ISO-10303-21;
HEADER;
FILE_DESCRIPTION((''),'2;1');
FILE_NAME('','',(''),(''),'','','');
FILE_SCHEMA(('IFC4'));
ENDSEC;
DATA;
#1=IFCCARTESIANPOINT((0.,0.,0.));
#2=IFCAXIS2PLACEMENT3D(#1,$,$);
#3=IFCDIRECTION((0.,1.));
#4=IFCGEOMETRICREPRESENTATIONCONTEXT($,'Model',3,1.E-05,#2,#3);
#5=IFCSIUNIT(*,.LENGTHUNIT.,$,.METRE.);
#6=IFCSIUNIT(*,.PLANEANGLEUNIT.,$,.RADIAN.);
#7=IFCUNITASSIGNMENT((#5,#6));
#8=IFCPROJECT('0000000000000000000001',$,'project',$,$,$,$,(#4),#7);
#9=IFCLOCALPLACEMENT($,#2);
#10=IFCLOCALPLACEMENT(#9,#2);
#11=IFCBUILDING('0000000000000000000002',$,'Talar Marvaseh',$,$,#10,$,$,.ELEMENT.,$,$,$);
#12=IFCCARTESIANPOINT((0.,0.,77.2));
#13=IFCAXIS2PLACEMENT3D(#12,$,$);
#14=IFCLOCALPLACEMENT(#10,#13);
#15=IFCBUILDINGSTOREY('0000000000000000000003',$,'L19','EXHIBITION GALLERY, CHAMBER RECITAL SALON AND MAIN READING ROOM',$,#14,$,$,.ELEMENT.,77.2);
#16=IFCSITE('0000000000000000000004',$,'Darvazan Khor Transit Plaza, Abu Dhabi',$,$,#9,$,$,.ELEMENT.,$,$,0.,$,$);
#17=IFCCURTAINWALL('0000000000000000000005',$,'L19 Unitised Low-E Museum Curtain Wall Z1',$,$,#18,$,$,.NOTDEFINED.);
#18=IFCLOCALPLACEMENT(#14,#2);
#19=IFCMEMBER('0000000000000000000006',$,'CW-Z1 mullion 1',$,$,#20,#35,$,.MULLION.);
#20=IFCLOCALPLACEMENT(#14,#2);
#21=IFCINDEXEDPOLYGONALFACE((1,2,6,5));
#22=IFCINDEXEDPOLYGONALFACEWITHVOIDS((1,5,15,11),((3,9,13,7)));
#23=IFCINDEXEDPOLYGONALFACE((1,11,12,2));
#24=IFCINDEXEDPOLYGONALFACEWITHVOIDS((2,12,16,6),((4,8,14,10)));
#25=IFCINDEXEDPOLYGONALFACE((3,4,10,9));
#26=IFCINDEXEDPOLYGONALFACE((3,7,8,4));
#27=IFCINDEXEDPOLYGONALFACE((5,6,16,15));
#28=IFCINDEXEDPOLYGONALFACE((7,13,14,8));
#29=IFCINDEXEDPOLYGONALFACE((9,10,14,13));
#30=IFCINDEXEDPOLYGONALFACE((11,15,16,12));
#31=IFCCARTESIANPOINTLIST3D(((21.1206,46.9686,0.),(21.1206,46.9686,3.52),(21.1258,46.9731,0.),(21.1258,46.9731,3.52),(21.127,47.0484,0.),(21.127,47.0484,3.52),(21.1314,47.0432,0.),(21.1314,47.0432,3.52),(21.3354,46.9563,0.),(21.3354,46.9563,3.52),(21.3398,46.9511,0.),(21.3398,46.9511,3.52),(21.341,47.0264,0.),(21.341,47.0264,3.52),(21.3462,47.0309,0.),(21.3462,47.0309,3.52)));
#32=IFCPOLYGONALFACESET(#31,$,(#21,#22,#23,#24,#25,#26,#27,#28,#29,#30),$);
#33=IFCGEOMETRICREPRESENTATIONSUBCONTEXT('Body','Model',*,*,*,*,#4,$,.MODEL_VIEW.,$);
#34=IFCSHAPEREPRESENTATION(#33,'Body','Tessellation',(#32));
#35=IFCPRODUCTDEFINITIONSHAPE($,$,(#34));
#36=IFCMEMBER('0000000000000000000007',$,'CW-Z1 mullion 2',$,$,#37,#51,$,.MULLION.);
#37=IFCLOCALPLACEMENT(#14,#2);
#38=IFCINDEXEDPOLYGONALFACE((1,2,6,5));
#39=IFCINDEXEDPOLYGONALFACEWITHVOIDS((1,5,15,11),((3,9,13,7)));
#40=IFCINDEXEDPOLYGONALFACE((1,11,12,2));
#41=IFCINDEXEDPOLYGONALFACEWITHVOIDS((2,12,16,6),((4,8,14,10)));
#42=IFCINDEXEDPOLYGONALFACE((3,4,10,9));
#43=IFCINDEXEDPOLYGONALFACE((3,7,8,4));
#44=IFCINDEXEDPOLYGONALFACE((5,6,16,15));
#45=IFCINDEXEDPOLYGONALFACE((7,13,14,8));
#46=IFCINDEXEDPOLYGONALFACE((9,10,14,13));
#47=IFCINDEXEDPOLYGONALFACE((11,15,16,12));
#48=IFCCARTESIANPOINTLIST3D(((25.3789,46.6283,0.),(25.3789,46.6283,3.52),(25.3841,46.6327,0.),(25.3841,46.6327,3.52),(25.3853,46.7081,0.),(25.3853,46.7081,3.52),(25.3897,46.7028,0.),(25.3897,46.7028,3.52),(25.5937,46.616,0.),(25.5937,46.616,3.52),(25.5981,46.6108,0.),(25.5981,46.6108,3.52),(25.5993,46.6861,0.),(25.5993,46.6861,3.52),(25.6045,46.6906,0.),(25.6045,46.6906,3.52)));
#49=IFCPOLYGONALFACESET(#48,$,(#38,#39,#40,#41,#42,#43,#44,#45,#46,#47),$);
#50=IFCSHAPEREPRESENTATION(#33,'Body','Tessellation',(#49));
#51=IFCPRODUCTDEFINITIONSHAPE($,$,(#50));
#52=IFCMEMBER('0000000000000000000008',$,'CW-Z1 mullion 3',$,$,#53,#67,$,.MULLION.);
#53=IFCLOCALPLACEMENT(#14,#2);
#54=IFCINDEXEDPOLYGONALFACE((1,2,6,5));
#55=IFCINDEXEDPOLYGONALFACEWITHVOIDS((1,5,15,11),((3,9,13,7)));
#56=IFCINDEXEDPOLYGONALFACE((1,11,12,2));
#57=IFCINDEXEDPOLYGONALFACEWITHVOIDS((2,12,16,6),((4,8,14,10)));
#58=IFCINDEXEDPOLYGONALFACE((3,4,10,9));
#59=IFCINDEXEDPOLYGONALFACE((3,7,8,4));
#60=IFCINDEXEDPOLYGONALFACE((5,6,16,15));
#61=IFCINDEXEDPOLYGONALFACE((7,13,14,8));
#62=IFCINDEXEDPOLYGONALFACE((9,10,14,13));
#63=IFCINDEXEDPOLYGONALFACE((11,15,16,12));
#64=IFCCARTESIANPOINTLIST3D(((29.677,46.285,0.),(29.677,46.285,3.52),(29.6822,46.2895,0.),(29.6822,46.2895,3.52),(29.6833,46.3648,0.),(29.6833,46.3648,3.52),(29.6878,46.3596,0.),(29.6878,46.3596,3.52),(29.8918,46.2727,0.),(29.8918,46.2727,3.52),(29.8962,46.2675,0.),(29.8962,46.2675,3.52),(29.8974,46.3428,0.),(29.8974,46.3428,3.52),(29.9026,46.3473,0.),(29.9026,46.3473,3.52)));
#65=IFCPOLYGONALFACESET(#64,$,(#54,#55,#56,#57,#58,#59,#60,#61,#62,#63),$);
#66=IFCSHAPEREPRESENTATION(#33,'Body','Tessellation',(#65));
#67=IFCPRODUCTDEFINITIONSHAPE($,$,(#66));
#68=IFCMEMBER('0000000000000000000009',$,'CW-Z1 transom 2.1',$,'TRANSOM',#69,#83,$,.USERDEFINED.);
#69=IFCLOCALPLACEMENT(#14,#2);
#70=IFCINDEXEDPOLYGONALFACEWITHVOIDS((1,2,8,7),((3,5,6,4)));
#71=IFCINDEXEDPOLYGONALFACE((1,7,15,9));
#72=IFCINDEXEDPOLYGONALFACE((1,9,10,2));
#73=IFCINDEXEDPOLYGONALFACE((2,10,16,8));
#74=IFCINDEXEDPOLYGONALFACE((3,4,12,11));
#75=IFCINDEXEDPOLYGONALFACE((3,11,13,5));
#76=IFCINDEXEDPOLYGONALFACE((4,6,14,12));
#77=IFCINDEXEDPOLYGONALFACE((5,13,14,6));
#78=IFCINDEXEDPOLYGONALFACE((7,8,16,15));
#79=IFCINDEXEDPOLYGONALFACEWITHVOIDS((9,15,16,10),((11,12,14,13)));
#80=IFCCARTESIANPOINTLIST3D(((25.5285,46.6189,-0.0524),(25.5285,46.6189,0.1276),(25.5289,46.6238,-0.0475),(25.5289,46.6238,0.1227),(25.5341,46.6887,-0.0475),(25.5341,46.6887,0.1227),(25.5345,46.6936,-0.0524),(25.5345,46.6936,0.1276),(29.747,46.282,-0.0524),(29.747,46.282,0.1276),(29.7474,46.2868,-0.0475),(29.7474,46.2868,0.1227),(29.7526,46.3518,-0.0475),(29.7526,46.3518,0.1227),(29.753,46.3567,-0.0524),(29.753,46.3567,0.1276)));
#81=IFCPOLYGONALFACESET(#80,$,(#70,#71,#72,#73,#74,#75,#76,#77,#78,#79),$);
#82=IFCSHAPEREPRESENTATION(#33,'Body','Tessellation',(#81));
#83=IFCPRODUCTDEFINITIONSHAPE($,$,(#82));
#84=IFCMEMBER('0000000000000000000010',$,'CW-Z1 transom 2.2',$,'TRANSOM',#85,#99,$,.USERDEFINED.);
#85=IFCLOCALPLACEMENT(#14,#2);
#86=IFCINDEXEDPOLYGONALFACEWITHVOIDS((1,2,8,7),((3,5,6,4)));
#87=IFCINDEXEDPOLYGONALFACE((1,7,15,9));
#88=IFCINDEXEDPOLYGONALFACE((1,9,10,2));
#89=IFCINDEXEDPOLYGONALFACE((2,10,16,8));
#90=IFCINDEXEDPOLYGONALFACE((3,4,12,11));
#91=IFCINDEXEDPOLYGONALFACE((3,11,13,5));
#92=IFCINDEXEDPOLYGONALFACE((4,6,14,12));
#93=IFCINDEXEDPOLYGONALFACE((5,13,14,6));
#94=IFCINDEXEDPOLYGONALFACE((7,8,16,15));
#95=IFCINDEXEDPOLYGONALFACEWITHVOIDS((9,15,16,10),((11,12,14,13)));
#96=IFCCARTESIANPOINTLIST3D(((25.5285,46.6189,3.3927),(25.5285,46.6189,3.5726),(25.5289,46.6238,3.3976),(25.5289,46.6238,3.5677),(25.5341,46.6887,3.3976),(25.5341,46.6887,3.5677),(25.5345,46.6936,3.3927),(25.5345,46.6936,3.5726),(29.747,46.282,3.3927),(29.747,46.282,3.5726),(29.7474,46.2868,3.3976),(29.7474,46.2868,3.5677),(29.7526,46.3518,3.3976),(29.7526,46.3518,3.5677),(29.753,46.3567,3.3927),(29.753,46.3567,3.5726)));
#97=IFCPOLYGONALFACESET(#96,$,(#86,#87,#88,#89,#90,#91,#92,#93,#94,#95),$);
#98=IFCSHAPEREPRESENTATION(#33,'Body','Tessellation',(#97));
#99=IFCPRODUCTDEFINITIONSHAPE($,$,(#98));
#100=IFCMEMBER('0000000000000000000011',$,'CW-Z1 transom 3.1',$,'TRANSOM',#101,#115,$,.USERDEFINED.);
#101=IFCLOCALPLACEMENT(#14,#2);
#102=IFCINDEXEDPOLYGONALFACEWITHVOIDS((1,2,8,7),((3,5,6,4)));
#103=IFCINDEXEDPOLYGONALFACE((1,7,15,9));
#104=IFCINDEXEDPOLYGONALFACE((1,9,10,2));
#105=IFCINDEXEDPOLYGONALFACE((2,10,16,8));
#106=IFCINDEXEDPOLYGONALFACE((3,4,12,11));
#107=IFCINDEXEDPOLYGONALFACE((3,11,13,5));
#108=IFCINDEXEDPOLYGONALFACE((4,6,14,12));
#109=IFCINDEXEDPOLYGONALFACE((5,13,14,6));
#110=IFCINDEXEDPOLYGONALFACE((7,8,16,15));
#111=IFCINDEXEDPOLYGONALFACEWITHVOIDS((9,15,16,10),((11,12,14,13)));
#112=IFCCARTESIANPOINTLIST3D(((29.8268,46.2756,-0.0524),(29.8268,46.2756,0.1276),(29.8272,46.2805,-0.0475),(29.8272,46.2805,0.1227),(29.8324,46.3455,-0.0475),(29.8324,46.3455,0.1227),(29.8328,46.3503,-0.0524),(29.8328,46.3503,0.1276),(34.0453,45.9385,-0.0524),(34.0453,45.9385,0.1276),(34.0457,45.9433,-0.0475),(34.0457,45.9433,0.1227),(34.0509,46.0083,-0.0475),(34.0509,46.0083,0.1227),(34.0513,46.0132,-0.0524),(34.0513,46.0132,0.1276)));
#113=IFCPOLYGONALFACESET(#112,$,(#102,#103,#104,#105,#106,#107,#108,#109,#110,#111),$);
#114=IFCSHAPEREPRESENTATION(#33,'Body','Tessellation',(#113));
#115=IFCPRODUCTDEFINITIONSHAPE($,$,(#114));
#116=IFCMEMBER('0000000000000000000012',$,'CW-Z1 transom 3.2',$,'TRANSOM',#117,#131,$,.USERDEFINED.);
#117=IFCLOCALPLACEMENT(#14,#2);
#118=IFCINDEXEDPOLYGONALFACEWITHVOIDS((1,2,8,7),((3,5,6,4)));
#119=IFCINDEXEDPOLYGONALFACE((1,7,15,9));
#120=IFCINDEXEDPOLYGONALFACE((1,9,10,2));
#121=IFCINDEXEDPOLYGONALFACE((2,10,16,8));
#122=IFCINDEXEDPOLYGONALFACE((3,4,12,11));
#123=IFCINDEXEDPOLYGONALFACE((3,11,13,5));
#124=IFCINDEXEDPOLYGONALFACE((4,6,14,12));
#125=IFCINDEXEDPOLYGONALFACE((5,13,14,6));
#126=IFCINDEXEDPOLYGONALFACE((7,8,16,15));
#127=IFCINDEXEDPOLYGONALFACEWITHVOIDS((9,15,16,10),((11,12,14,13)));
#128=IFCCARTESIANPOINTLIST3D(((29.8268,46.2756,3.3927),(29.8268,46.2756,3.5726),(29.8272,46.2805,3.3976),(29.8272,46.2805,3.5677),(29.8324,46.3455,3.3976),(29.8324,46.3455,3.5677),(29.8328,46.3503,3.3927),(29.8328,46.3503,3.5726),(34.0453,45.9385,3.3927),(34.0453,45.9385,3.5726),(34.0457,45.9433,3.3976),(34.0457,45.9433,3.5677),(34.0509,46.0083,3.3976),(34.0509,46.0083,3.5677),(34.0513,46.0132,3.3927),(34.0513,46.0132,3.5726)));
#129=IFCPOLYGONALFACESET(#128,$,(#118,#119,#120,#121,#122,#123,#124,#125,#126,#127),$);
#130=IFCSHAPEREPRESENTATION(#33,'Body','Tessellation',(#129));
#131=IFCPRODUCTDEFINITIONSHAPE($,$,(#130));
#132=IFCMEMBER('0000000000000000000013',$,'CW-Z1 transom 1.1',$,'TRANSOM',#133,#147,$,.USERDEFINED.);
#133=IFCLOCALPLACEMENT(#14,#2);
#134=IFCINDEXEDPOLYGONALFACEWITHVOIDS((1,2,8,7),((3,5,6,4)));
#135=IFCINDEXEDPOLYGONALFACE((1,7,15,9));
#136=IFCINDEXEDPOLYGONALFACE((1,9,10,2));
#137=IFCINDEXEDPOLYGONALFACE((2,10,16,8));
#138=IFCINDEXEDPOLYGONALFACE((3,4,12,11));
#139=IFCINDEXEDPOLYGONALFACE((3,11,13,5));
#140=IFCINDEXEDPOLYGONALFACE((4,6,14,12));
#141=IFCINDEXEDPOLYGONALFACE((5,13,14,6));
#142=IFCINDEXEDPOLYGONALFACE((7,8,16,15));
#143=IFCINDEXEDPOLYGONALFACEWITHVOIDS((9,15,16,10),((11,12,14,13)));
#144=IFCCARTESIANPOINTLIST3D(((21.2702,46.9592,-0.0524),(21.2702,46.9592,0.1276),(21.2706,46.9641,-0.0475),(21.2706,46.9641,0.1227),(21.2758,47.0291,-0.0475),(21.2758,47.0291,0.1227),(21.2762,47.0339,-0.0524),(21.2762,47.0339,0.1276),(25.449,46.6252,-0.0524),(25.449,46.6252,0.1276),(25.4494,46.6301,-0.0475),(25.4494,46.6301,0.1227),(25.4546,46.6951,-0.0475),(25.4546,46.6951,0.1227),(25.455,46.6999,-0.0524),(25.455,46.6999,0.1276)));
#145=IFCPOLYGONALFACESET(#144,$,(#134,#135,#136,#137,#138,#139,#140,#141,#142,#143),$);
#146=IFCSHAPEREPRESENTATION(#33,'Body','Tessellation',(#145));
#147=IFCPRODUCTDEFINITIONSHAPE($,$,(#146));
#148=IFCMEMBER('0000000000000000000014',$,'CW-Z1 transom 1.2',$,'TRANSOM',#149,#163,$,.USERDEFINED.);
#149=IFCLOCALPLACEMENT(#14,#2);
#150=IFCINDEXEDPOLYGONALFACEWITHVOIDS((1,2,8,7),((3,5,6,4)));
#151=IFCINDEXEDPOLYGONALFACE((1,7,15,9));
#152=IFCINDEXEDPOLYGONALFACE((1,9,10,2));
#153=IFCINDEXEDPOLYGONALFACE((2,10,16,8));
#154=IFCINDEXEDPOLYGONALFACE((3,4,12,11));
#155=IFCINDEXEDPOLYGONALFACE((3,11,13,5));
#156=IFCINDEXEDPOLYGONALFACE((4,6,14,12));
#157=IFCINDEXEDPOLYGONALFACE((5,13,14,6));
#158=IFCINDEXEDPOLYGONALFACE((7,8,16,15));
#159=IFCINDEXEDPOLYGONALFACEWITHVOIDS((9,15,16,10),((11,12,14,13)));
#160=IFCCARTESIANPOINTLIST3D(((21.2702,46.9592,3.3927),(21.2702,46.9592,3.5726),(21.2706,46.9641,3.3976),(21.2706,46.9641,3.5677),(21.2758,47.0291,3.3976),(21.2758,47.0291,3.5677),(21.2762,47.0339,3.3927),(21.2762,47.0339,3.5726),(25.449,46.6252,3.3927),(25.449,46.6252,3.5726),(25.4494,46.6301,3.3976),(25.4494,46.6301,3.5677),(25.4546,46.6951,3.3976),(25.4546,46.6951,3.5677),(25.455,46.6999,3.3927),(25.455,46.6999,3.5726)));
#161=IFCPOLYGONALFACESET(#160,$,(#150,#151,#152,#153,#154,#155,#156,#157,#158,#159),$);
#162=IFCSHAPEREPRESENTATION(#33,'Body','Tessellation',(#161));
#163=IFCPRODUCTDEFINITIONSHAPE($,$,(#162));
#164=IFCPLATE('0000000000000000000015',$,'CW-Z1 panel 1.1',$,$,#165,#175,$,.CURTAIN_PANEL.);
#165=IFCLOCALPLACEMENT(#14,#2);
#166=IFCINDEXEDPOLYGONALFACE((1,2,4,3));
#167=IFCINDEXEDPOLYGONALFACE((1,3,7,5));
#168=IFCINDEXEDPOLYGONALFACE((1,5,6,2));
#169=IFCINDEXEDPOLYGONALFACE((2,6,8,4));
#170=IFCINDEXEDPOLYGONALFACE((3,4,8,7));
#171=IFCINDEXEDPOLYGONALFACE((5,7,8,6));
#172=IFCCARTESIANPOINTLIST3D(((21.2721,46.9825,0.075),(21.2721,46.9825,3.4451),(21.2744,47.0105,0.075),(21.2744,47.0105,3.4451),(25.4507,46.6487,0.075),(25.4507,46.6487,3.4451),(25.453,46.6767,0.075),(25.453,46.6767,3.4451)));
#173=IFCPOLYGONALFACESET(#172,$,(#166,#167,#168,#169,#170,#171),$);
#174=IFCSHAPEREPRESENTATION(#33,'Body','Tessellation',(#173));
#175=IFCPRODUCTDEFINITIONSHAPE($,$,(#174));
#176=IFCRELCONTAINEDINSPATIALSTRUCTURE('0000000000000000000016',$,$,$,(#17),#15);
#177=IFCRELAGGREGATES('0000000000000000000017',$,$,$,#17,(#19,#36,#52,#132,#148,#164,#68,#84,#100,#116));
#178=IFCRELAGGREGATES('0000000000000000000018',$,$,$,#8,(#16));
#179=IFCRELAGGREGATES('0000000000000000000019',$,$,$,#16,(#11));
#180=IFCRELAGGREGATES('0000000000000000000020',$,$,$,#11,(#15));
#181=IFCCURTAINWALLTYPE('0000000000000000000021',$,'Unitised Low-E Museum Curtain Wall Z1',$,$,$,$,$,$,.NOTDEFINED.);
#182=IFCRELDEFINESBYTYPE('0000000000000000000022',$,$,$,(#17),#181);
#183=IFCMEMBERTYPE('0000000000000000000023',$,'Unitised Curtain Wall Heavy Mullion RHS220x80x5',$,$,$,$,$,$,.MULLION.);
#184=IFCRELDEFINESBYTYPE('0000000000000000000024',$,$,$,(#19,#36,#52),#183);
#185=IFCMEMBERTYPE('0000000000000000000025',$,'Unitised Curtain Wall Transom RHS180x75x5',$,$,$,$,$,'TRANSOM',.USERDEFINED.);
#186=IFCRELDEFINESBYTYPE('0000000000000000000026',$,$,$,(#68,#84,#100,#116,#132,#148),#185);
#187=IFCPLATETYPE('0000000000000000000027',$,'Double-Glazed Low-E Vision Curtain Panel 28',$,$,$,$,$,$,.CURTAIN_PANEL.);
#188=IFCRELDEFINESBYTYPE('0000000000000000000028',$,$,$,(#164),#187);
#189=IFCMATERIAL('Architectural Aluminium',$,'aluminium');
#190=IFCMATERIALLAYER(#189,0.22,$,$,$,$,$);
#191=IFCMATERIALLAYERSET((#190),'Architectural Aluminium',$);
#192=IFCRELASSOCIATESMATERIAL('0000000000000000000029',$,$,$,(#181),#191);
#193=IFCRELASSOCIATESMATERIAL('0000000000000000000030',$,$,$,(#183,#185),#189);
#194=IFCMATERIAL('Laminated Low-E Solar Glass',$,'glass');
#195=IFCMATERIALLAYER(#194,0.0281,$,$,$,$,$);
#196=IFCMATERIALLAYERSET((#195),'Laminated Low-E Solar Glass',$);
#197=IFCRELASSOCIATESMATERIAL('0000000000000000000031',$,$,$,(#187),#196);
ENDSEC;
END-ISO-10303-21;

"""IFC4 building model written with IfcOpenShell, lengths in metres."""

from ifc_helpers import new_model, si_unit, direction, frame, origin, origin_2d, place, context, subcontext, project, spatial, rectangle, hollow_rectangle, extrude, source, transform, mapped, material, layer, layer_set, material_profile, profile_set, type_object, type_shapes, element, aggregate, save


model = new_model("IFC4")

# Units and contexts
model_context = context("Model", 3, precision=1e-05, world=origin(), true_north=direction((0.0, 1.0)))
body_context = subcontext(model_context, "Body", "Model", "MODEL_VIEW")
ifc_project = project(units=[si_unit("LENGTHUNIT", "METRE"), si_unit("PLANEANGLEUNIT", "RADIAN")], contexts=[model_context])

# Site, building, storey
site_placement = place(None, origin())
site = spatial("IfcSite", under=ifc_project, at=site_placement, Name="Darvazan Khor Transit Plaza, Abu Dhabi", CompositionType="ELEMENT", RefElevation=0.0)
building_placement = place(site_placement, origin())
building = spatial("IfcBuilding", under=site, at=building_placement, Name="Talar Marvaseh", CompositionType="ELEMENT")
storey_placement = place(building_placement, frame((0.0, 0.0, 77.2)))
storey = spatial("IfcBuildingStorey", under=building, at=storey_placement, Name="L19", Description="EXHIBITION GALLERY, CHAMBER RECITAL SALON AND MAIN READING ROOM", CompositionType="ELEMENT", Elevation=77.2)

# Curtain wall, members, plate
ifc_material_1 = material(Name="Architectural Aluminium", Category="aluminium")
ifc_layer_1 = layer(ifc_material_1, 0.22)
ifc_layer_set_1 = layer_set([ifc_layer_1], Name="Architectural Aluminium")
curtain_wall_type = type_object("IfcCurtainWallType", Name="Unitised Low-E Museum Curtain Wall Z1", PredefinedType="NOTDEFINED", material=ifc_layer_set_1)
curtain_wall_placement = place(storey_placement, origin())
curtain_wall = element("IfcCurtainWall", 1, at=curtain_wall_placement, inside=storey, type_object=curtain_wall_type, Name="L19 Unitised Low-E Museum Curtain Wall Z1", PredefinedType="NOTDEFINED")
ifc_material_profile_1 = material_profile(ifc_material_1, hollow_rectangle(XDim=0.0801, YDim=0.22, WallThickness=0.0049, at=origin_2d()), Name="RHS220x80x5")
ifc_profile_set_1 = profile_set([ifc_material_profile_1], Name="Architectural Aluminium")
member_type_1 = type_object("IfcMemberType", Name="Unitised Curtain Wall Heavy Mullion RHS220x80x5", PredefinedType="MULLION", material=ifc_profile_set_1)
shared_shape_1 = source(origin(), body_context, "Body", "SweptSolid", [
    extrude(hollow_rectangle(XDim=0.0801, YDim=0.22, WallThickness=0.0049, at=origin_2d()), origin(), (0.0, 0.0, 1.0), 3.52),
])
type_shapes(member_type_1, [shared_shape_1])
member_1_placement = place(storey_placement, frame((21.2334, 46.9998, 0.0), z_axis=(0.0, 0.0, 1.0), x_axis=(0.07964, 0.996824, 0.0)))
member_1 = element("IfcMember", 2, at=member_1_placement, type_object=member_type_1, Name="CW-Z1 mullion 1", PredefinedType="MULLION", context=body_context, shape_type="MappedRepresentation", body=[
    mapped(shared_shape_1, transform((0.0, 0.0, 0.0), x_axis=(1.0, 0.0, 0.0), y_axis=(0.0, 1.0, 0.0), z_axis=(0.0, 0.0, 1.0), scale=1.0)),
])
member_2_placement = place(storey_placement, frame((25.4917, 46.6594, 0.0), z_axis=(0.0, 0.0, 1.0), x_axis=(0.07964, 0.996824, 0.0)))
member_2 = element("IfcMember", 3, at=member_2_placement, type_object=member_type_1, Name="CW-Z1 mullion 2", PredefinedType="MULLION", context=body_context, shape_type="MappedRepresentation", body=[
    mapped(shared_shape_1, transform((0.0, 0.0, 0.0), x_axis=(1.0, 0.0, 0.0), y_axis=(0.0, 1.0, 0.0), z_axis=(0.0, 0.0, 1.0), scale=1.0)),
])
member_3_placement = place(storey_placement, frame((29.7898, 46.3162, 0.0), z_axis=(0.0, 0.0, 1.0), x_axis=(0.07964, 0.996824, 0.0)))
member_3 = element("IfcMember", 4, at=member_3_placement, type_object=member_type_1, Name="CW-Z1 mullion 3", PredefinedType="MULLION", context=body_context, shape_type="MappedRepresentation", body=[
    mapped(shared_shape_1, transform((0.0, 0.0, 0.0), x_axis=(1.0, 0.0, 0.0), y_axis=(0.0, 1.0, 0.0), z_axis=(0.0, 0.0, 1.0), scale=1.0)),
])
ifc_material_profile_2 = material_profile(ifc_material_1, hollow_rectangle(XDim=0.075, YDim=0.1799, WallThickness=0.0049, at=origin_2d()), Name="RHS180x75x5")
ifc_profile_set_2 = profile_set([ifc_material_profile_2], Name="Architectural Aluminium")
member_type_2 = type_object("IfcMemberType", Name="Unitised Curtain Wall Transom RHS180x75x5", ElementType="TRANSOM", PredefinedType="USERDEFINED", material=ifc_profile_set_2)
shared_shape_2 = source(origin(), body_context, "Body", "SweptSolid", [
    extrude(hollow_rectangle(XDim=0.075, YDim=0.1799, WallThickness=0.0049, at=origin_2d()), origin(), (0.0, 0.0, 1.0), 4.2319),
])
member_4_placement = place(storey_placement, frame((25.5315, 46.6562, 0.0376), z_axis=(0.996826, -0.079612, 0.0), x_axis=(0.079612, 0.996826, 0.0)))
member_4 = element("IfcMember", 5, at=member_4_placement, type_object=member_type_2, Name="CW-Z1 transom 2.1", ObjectType="TRANSOM", PredefinedType="USERDEFINED", context=body_context, shape_type="MappedRepresentation", body=[
    mapped(shared_shape_2, transform((0.0, 0.0, 0.0), x_axis=(1.0, 0.0, 0.0), y_axis=(0.0, 1.0, 0.0), z_axis=(0.0, 0.0, 1.0), scale=1.0)),
])
member_5_placement = place(storey_placement, frame((25.5315, 46.6562, 3.4827), z_axis=(0.996826, -0.079612, 0.0), x_axis=(0.079612, 0.996826, 0.0)))
member_5 = element("IfcMember", 6, at=member_5_placement, type_object=member_type_2, Name="CW-Z1 transom 2.2", ObjectType="TRANSOM", PredefinedType="USERDEFINED", context=body_context, shape_type="MappedRepresentation", body=[
    mapped(shared_shape_2, transform((0.0, 0.0, 0.0), x_axis=(1.0, 0.0, 0.0), y_axis=(0.0, 1.0, 0.0), z_axis=(0.0, 0.0, 1.0), scale=1.0)),
])
member_6_placement = place(storey_placement, frame((29.8298, 46.313, 0.0376), z_axis=(0.996821, -0.07967, 0.0), x_axis=(0.07967, 0.996821, 0.0)))
member_6 = element("IfcMember", 7, at=member_6_placement, type_object=member_type_2, Name="CW-Z1 transom 3.1", ObjectType="TRANSOM", PredefinedType="USERDEFINED", context=body_context, shape_type="MappedRepresentation", body=[
    mapped(shared_shape_2, transform((0.0, 0.0, 0.0), x_axis=(1.0, 0.0, 0.0), y_axis=(0.0, 1.0, 0.0), z_axis=(0.0, 0.0, 1.0), scale=1.0)),
])
member_7_placement = place(storey_placement, frame((29.8298, 46.313, 3.4827), z_axis=(0.996821, -0.07967, 0.0), x_axis=(0.07967, 0.996821, 0.0)))
member_7 = element("IfcMember", 8, at=member_7_placement, type_object=member_type_2, Name="CW-Z1 transom 3.2", ObjectType="TRANSOM", PredefinedType="USERDEFINED", context=body_context, shape_type="MappedRepresentation", body=[
    mapped(shared_shape_2, transform((0.0, 0.0, 0.0), x_axis=(1.0, 0.0, 0.0), y_axis=(0.0, 1.0, 0.0), z_axis=(0.0, 0.0, 1.0), scale=1.0)),
])
shared_shape_3 = source(origin(), body_context, "Body", "SweptSolid", [
    extrude(hollow_rectangle(XDim=0.075, YDim=0.1799, WallThickness=0.0049, at=origin_2d()), origin(), (0.0, 0.0, 1.0), 4.1921),
])
type_shapes(member_type_2, [shared_shape_2, shared_shape_3])
member_8_placement = place(storey_placement, frame((21.2732, 46.9966, 0.0376), z_axis=(0.996821, -0.079671, 0.0), x_axis=(0.079671, 0.996821, 0.0)))
member_8 = element("IfcMember", 9, at=member_8_placement, type_object=member_type_2, Name="CW-Z1 transom 1.1", ObjectType="TRANSOM", PredefinedType="USERDEFINED", context=body_context, shape_type="MappedRepresentation", body=[
    mapped(shared_shape_3, transform((0.0, 0.0, 0.0), x_axis=(1.0, 0.0, 0.0), y_axis=(0.0, 1.0, 0.0), z_axis=(0.0, 0.0, 1.0), scale=1.0)),
])
member_9_placement = place(storey_placement, frame((21.2732, 46.9966, 3.4827), z_axis=(0.996821, -0.079671, 0.0), x_axis=(0.079671, 0.996821, 0.0)))
member_9 = element("IfcMember", 10, at=member_9_placement, type_object=member_type_2, Name="CW-Z1 transom 1.2", ObjectType="TRANSOM", PredefinedType="USERDEFINED", context=body_context, shape_type="MappedRepresentation", body=[
    mapped(shared_shape_3, transform((0.0, 0.0, 0.0), x_axis=(1.0, 0.0, 0.0), y_axis=(0.0, 1.0, 0.0), z_axis=(0.0, 0.0, 1.0), scale=1.0)),
])
ifc_material_2 = material(Name="Laminated Low-E Solar Glass", Category="glass")
ifc_layer_2 = layer(ifc_material_2, 0.0281)
ifc_layer_set_2 = layer_set([ifc_layer_2], Name="Laminated Low-E Solar Glass")
plate_type = type_object("IfcPlateType", Name="Double-Glazed Low-E Vision Curtain Panel 28", PredefinedType="CURTAIN_PANEL", material=ifc_layer_set_2)
shared_shape_4 = source(origin(), body_context, "Body", "SweptSolid", [
    extrude(rectangle(XDim=4.1919, YDim=0.0281, at=origin_2d()), origin(), (0.0, 0.0, 1.0), 3.3701),
])
plate_1_placement = place(storey_placement, frame((23.3625, 46.8296, 0.075), z_axis=(0.0, 0.0, 1.0), x_axis=(0.996824, -0.07964, 0.0)))
plate_1 = element("IfcPlate", 11, at=plate_1_placement, type_object=plate_type, Name="CW-Z1 panel 1.1", PredefinedType="CURTAIN_PANEL", context=body_context, shape_type="MappedRepresentation", body=[
    mapped(shared_shape_4, transform((0.0, 0.0, 0.0), x_axis=(1.0, 0.0, 0.0), y_axis=(0.0, 1.0, 0.0), z_axis=(0.0, 0.0, 1.0), scale=1.0)),
])
aggregate(curtain_wall, [member_1, member_2, member_3, member_8, member_9, plate_1, member_4, member_5, member_6, member_7])

save(model, "model.ifc")
